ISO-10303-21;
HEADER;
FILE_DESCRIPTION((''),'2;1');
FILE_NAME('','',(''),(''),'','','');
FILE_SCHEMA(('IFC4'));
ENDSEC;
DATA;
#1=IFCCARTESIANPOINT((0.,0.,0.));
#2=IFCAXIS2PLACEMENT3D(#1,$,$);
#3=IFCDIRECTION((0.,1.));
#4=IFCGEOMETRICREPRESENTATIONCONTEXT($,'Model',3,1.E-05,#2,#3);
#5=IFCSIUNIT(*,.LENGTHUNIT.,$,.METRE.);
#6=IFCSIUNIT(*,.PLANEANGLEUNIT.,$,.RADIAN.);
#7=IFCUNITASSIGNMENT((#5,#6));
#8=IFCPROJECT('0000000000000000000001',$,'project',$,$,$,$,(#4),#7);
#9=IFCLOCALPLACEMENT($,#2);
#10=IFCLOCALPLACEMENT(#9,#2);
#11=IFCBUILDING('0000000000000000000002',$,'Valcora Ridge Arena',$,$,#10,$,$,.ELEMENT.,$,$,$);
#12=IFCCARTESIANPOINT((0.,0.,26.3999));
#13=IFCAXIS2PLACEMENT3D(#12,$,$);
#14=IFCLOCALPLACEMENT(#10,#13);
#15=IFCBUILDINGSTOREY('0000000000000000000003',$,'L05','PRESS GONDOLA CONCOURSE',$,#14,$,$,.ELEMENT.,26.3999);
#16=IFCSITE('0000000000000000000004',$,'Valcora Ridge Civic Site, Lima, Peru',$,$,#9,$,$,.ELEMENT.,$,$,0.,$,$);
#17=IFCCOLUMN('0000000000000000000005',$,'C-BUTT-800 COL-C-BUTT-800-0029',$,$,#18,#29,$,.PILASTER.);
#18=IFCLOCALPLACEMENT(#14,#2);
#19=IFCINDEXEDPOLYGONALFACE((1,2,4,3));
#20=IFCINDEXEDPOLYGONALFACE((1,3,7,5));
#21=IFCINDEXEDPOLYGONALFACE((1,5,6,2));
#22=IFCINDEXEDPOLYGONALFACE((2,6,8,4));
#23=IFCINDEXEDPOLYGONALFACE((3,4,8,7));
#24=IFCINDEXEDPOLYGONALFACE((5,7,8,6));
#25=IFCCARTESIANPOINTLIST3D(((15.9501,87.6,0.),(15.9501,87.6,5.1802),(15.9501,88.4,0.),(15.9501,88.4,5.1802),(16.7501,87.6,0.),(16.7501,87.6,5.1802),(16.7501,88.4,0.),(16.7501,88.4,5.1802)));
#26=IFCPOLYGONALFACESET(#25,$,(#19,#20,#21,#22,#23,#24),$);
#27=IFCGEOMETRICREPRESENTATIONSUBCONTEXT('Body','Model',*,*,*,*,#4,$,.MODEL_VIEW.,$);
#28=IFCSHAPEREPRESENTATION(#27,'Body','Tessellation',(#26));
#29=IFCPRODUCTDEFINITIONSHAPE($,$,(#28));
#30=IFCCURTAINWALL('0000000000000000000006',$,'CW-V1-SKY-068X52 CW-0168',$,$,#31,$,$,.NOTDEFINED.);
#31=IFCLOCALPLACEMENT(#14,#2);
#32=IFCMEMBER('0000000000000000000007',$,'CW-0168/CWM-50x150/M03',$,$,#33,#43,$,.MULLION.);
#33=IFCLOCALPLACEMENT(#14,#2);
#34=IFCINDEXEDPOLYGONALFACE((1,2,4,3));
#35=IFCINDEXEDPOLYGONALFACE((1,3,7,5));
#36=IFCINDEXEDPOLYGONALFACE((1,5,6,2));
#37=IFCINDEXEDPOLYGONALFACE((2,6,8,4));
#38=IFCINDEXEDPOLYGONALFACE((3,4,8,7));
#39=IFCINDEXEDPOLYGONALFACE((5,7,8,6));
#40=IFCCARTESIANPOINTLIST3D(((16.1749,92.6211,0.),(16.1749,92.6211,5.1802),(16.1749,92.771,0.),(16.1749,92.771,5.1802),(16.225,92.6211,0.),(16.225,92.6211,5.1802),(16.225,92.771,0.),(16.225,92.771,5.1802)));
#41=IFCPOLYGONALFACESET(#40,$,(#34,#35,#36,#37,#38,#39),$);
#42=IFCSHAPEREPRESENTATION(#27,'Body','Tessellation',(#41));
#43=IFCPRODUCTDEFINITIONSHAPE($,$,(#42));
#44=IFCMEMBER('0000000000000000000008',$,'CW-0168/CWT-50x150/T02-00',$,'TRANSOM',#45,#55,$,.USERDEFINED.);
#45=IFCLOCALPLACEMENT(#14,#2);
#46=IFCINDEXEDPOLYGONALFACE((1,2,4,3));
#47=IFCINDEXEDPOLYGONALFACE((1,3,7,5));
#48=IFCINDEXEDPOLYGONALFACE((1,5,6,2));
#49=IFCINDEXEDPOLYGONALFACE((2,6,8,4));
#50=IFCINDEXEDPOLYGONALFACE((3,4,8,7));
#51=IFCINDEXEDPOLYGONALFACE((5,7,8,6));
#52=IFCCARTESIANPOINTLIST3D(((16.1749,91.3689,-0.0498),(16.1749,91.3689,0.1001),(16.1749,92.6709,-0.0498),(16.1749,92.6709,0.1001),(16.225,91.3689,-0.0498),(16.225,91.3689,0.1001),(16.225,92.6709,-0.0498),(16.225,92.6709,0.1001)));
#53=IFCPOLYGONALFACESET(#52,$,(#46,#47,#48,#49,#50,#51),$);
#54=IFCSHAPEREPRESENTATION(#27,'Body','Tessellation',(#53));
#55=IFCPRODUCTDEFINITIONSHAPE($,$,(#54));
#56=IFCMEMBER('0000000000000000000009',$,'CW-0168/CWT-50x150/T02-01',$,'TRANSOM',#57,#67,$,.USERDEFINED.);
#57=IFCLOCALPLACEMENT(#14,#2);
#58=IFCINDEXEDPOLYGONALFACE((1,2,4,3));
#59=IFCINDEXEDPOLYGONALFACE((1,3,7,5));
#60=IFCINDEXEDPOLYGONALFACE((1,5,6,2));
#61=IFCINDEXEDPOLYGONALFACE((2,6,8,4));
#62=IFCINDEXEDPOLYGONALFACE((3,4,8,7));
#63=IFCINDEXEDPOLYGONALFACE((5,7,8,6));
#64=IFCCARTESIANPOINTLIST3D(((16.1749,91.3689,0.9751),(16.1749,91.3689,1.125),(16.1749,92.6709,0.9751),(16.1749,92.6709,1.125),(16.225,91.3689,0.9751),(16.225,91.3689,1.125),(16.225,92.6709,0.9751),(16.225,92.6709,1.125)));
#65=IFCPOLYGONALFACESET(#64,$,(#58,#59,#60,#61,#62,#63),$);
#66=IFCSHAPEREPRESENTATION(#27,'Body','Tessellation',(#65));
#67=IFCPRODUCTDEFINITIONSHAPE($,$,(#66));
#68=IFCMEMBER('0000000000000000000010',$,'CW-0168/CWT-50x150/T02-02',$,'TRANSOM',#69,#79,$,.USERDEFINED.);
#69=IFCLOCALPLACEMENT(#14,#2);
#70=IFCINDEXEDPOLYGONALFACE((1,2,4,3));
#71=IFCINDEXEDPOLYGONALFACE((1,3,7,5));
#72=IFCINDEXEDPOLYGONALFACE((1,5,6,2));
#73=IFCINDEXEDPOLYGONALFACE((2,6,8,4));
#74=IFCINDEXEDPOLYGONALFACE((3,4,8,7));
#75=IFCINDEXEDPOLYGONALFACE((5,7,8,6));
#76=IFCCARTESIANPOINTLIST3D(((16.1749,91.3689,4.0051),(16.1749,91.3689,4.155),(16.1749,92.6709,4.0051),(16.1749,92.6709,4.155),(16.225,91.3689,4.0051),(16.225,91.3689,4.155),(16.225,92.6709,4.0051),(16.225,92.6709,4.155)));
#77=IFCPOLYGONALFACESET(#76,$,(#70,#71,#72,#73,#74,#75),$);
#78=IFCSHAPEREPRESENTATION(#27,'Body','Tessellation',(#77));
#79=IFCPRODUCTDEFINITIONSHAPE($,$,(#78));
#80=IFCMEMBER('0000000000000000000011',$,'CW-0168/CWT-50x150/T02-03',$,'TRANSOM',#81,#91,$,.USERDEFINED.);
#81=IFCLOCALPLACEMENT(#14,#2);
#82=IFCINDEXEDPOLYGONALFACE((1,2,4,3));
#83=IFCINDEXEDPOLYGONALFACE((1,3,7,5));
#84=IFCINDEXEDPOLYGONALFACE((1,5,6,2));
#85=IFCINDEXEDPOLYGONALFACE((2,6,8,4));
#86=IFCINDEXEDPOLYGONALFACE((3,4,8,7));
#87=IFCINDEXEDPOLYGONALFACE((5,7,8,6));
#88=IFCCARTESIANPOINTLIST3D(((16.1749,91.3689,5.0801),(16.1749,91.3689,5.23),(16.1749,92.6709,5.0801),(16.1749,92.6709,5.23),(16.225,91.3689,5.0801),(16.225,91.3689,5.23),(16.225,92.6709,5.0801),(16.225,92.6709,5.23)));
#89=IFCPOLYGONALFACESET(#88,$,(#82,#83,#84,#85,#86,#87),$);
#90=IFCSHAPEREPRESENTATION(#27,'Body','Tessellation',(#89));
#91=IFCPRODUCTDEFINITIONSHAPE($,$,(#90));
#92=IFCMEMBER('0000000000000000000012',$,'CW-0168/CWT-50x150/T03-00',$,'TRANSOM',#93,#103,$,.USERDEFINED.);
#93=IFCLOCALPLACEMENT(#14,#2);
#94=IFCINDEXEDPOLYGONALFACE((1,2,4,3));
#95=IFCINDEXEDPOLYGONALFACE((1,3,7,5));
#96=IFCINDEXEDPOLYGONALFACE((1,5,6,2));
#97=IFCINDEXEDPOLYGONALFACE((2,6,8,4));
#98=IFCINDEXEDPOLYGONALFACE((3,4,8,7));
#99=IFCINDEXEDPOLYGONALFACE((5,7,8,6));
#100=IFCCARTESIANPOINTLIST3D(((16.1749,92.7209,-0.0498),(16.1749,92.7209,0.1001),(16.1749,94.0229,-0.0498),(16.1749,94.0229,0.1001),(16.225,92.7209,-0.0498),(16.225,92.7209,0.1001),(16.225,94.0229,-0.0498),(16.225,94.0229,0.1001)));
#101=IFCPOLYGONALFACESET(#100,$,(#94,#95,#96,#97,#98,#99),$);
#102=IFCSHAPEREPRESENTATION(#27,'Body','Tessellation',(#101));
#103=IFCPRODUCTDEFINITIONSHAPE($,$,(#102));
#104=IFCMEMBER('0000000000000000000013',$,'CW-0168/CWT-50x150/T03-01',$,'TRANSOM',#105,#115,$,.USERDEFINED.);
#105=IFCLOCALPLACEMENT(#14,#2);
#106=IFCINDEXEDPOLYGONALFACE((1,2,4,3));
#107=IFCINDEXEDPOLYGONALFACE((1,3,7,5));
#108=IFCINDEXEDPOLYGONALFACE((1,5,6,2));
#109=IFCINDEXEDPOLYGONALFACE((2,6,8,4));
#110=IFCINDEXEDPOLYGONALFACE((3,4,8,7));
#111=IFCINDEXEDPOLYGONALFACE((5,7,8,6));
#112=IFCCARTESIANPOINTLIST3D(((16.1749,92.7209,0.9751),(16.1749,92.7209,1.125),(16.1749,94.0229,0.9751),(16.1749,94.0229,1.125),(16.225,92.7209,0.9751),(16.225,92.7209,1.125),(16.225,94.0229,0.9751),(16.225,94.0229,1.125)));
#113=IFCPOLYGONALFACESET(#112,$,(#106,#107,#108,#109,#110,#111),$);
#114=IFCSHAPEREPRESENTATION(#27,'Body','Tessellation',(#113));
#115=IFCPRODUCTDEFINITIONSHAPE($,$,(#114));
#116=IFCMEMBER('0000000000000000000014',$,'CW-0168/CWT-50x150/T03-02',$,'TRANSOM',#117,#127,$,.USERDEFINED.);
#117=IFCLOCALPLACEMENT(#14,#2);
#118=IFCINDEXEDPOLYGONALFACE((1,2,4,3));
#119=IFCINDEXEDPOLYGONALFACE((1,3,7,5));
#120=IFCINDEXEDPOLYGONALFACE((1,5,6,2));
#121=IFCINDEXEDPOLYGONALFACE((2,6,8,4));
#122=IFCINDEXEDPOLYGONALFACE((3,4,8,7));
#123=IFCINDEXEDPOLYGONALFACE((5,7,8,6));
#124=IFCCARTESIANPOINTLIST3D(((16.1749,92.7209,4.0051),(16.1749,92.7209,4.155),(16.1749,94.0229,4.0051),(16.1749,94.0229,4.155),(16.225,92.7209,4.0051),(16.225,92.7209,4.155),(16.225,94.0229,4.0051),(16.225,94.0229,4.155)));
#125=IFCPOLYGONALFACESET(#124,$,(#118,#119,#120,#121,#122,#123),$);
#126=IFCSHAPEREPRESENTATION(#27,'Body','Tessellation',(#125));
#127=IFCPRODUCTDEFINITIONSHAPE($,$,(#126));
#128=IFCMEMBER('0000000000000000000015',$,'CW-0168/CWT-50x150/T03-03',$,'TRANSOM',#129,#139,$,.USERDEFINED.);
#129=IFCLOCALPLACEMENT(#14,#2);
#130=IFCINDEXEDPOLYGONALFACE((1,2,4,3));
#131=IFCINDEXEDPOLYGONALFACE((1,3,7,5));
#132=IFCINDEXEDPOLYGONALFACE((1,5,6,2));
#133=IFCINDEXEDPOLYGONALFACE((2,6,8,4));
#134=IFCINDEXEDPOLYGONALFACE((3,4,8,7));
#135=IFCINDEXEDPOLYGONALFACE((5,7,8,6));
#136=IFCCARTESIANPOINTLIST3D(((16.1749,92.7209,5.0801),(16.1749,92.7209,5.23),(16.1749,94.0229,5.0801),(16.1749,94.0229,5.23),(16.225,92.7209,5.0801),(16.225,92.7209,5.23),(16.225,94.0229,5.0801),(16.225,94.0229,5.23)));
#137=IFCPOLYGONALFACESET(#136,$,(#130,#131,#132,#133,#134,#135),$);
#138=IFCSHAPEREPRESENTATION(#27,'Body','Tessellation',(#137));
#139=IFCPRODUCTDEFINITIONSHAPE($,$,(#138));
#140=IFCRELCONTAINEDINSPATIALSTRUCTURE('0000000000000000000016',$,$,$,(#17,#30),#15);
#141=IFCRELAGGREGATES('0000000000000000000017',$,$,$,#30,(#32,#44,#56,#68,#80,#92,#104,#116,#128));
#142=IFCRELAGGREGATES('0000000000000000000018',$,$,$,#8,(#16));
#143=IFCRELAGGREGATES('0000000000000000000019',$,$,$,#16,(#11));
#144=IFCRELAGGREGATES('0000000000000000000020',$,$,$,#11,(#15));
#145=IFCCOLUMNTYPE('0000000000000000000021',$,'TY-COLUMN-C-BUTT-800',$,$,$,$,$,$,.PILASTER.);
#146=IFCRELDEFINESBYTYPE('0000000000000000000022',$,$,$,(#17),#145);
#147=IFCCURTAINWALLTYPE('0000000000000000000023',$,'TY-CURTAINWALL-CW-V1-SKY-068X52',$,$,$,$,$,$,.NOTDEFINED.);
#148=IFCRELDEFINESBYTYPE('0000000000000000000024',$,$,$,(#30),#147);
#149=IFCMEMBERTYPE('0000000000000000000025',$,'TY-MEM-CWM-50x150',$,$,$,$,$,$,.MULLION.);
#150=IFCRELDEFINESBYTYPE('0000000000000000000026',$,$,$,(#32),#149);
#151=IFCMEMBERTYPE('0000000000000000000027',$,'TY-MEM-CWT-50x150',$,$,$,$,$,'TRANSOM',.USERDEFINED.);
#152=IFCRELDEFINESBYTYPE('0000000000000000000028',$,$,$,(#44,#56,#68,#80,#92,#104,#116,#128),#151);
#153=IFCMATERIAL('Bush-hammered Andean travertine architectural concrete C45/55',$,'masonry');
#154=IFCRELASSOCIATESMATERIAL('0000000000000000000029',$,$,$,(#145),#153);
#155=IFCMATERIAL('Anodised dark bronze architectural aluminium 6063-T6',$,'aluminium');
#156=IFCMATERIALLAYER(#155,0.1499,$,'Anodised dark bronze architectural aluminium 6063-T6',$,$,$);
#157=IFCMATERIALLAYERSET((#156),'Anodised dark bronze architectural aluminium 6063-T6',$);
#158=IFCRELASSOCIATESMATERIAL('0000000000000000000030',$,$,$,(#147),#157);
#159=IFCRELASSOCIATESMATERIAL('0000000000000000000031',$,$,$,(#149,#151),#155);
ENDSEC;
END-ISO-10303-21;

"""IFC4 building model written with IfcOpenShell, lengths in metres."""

from ifc_helpers import new_model, si_unit, direction, frame, origin, origin_2d, place, context, subcontext, project, spatial, rectangle, extrude, material, layer, layer_set, material_profile, profile_set, type_object, element, aggregate, save


model = new_model("IFC4")

# Units and contexts
model_context = context("Model", 3, precision=1e-05, world=origin(), true_north=direction((0.0, 1.0)))
body_context = subcontext(model_context, "Body", "Model", "MODEL_VIEW")
ifc_project = project(units=[si_unit("LENGTHUNIT", "METRE"), si_unit("PLANEANGLEUNIT", "RADIAN")], contexts=[model_context])

# Site, building, storey
site_placement = place(None, origin())
site = spatial("IfcSite", under=ifc_project, at=site_placement, Name="Valcora Ridge Civic Site, Lima, Peru", CompositionType="ELEMENT", RefElevation=0.0)
building_placement = place(site_placement, origin())
building = spatial("IfcBuilding", under=site, at=building_placement, Name="Valcora Ridge Arena", CompositionType="ELEMENT")
storey_placement = place(building_placement, frame((0.0, 0.0, 26.3999)))
storey = spatial("IfcBuildingStorey", under=building, at=storey_placement, Name="L05", Description="PRESS GONDOLA CONCOURSE", CompositionType="ELEMENT", Elevation=26.3999)

# Column
ifc_material_1 = material(Name="Bush-hammered Andean travertine architectural concrete C45/55", Category="masonry")
ifc_material_profile_1 = material_profile(ifc_material_1, rectangle(XDim=0.8, YDim=0.8, at=origin_2d()), Name="RC 800x800")
ifc_profile_set_1 = profile_set([ifc_material_profile_1], Name="Bush-hammered Andean travertine architectural concrete C45/55")
column_type = type_object("IfcColumnType", Name="TY-COLUMN-C-BUTT-800", PredefinedType="PILASTER", material=ifc_profile_set_1)
column_placement = place(storey_placement, frame((16.3501, 88.0, 0.0), z_axis=(0.0, 0.0, 1.0), x_axis=(1.0, 0.0, 0.0)))
element("IfcColumn", 1, at=column_placement, inside=storey, type_object=column_type, Name="C-BUTT-800 COL-C-BUTT-800-0029", PredefinedType="PILASTER", context=body_context, shape_type="SweptSolid", body=[
    extrude(rectangle(XDim=0.8, YDim=0.8, at=origin_2d()), origin(), (0.0, 0.0, 1.0), 5.1802),
])

# Curtain wall, members
ifc_material_2 = material(Name="Anodised dark bronze architectural aluminium 6063-T6", Category="aluminium")
ifc_layer_1 = layer(ifc_material_2, 0.1499, Name="Anodised dark bronze architectural aluminium 6063-T6")
ifc_layer_set_1 = layer_set([ifc_layer_1], Name="Anodised dark bronze architectural aluminium 6063-T6")
curtain_wall_type = type_object("IfcCurtainWallType", Name="TY-CURTAINWALL-CW-V1-SKY-068X52", PredefinedType="NOTDEFINED", material=ifc_layer_set_1)
curtain_wall_placement = place(storey_placement, origin())
curtain_wall = element("IfcCurtainWall", 2, at=curtain_wall_placement, inside=storey, type_object=curtain_wall_type, Name="CW-V1-SKY-068X52 CW-0168", PredefinedType="NOTDEFINED")
ifc_material_profile_2 = material_profile(ifc_material_2, rectangle(XDim=0.05, YDim=0.1499, at=origin_2d()), Name="ALU MULLION 50x150")
ifc_profile_set_2 = profile_set([ifc_material_profile_2], Name="Anodised dark bronze architectural aluminium 6063-T6")
member_type_1 = type_object("IfcMemberType", Name="TY-MEM-CWM-50x150", PredefinedType="MULLION", material=ifc_profile_set_2)
member_1_placement = place(storey_placement, frame((16.2, 92.696, 0.0), z_axis=(0.0, 0.0, 1.0), x_axis=(-1.0, 0.0, 0.0)))
member_1 = element("IfcMember", 3, at=member_1_placement, type_object=member_type_1, Name="CW-0168/CWM-50x150/M03", PredefinedType="MULLION", context=body_context, shape_type="SweptSolid", body=[
    extrude(rectangle(XDim=0.05, YDim=0.1499, at=origin_2d()), origin(), (0.0, 0.0, 1.0), 5.1802),
])
ifc_material_profile_3 = material_profile(ifc_material_2, rectangle(XDim=0.05, YDim=0.1499, at=origin_2d()), Name="ALU TRANSOM 50x150")
ifc_profile_set_3 = profile_set([ifc_material_profile_3], Name="Anodised dark bronze architectural aluminium 6063-T6")
member_type_2 = type_object("IfcMemberType", Name="TY-MEM-CWT-50x150", ElementType="TRANSOM", PredefinedType="USERDEFINED", material=ifc_profile_set_3)
member_2_placement = place(storey_placement, frame((16.2, 91.3689, 0.0251), z_axis=(0.0, 1.0, 0.0), x_axis=(-1.0, 0.0, 0.0)))
member_2 = element("IfcMember", 4, at=member_2_placement, type_object=member_type_2, Name="CW-0168/CWT-50x150/T02-00", ObjectType="TRANSOM", PredefinedType="USERDEFINED", context=body_context, shape_type="SweptSolid", body=[
    extrude(rectangle(XDim=0.05, YDim=0.1499, at=origin_2d()), origin(), (0.0, 0.0, 1.0), 1.302),
])
member_3_placement = place(storey_placement, frame((16.2, 91.3689, 1.05), z_axis=(0.0, 1.0, 0.0), x_axis=(-1.0, 0.0, 0.0)))
member_3 = element("IfcMember", 5, at=member_3_placement, type_object=member_type_2, Name="CW-0168/CWT-50x150/T02-01", ObjectType="TRANSOM", PredefinedType="USERDEFINED", context=body_context, shape_type="SweptSolid", body=[
    extrude(rectangle(XDim=0.05, YDim=0.1499, at=origin_2d()), origin(), (0.0, 0.0, 1.0), 1.302),
])
member_4_placement = place(storey_placement, frame((16.2, 91.3689, 4.0801), z_axis=(0.0, 1.0, 0.0), x_axis=(-1.0, 0.0, 0.0)))
member_4 = element("IfcMember", 6, at=member_4_placement, type_object=member_type_2, Name="CW-0168/CWT-50x150/T02-02", ObjectType="TRANSOM", PredefinedType="USERDEFINED", context=body_context, shape_type="SweptSolid", body=[
    extrude(rectangle(XDim=0.05, YDim=0.1499, at=origin_2d()), origin(), (0.0, 0.0, 1.0), 1.302),
])
member_5_placement = place(storey_placement, frame((16.2, 91.3689, 5.155), z_axis=(0.0, 1.0, 0.0), x_axis=(-1.0, 0.0, 0.0)))
member_5 = element("IfcMember", 7, at=member_5_placement, type_object=member_type_2, Name="CW-0168/CWT-50x150/T02-03", ObjectType="TRANSOM", PredefinedType="USERDEFINED", context=body_context, shape_type="SweptSolid", body=[
    extrude(rectangle(XDim=0.05, YDim=0.1499, at=origin_2d()), origin(), (0.0, 0.0, 1.0), 1.302),
])
member_6_placement = place(storey_placement, frame((16.2, 92.7209, 0.0251), z_axis=(0.0, 1.0, 0.0), x_axis=(-1.0, 0.0, 0.0)))
member_6 = element("IfcMember", 8, at=member_6_placement, type_object=member_type_2, Name="CW-0168/CWT-50x150/T03-00", ObjectType="TRANSOM", PredefinedType="USERDEFINED", context=body_context, shape_type="SweptSolid", body=[
    extrude(rectangle(XDim=0.05, YDim=0.1499, at=origin_2d()), origin(), (0.0, 0.0, 1.0), 1.302),
])
member_7_placement = place(storey_placement, frame((16.2, 92.7209, 1.05), z_axis=(0.0, 1.0, 0.0), x_axis=(-1.0, 0.0, 0.0)))
member_7 = element("IfcMember", 9, at=member_7_placement, type_object=member_type_2, Name="CW-0168/CWT-50x150/T03-01", ObjectType="TRANSOM", PredefinedType="USERDEFINED", context=body_context, shape_type="SweptSolid", body=[
    extrude(rectangle(XDim=0.05, YDim=0.1499, at=origin_2d()), origin(), (0.0, 0.0, 1.0), 1.302),
])
member_8_placement = place(storey_placement, frame((16.2, 92.7209, 4.0801), z_axis=(0.0, 1.0, 0.0), x_axis=(-1.0, 0.0, 0.0)))
member_8 = element("IfcMember", 10, at=member_8_placement, type_object=member_type_2, Name="CW-0168/CWT-50x150/T03-02", ObjectType="TRANSOM", PredefinedType="USERDEFINED", context=body_context, shape_type="SweptSolid", body=[
    extrude(rectangle(XDim=0.05, YDim=0.1499, at=origin_2d()), origin(), (0.0, 0.0, 1.0), 1.302),
])
member_9_placement = place(storey_placement, frame((16.2, 92.7209, 5.155), z_axis=(0.0, 1.0, 0.0), x_axis=(-1.0, 0.0, 0.0)))
member_9 = element("IfcMember", 11, at=member_9_placement, type_object=member_type_2, Name="CW-0168/CWT-50x150/T03-03", ObjectType="TRANSOM", PredefinedType="USERDEFINED", context=body_context, shape_type="SweptSolid", body=[
    extrude(rectangle(XDim=0.05, YDim=0.1499, at=origin_2d()), origin(), (0.0, 0.0, 1.0), 1.302),
])

aggregate(curtain_wall, [member_1, member_2, member_3, member_4, member_5, member_6, member_7, member_8, member_9])

save(model, "model.ifc")
